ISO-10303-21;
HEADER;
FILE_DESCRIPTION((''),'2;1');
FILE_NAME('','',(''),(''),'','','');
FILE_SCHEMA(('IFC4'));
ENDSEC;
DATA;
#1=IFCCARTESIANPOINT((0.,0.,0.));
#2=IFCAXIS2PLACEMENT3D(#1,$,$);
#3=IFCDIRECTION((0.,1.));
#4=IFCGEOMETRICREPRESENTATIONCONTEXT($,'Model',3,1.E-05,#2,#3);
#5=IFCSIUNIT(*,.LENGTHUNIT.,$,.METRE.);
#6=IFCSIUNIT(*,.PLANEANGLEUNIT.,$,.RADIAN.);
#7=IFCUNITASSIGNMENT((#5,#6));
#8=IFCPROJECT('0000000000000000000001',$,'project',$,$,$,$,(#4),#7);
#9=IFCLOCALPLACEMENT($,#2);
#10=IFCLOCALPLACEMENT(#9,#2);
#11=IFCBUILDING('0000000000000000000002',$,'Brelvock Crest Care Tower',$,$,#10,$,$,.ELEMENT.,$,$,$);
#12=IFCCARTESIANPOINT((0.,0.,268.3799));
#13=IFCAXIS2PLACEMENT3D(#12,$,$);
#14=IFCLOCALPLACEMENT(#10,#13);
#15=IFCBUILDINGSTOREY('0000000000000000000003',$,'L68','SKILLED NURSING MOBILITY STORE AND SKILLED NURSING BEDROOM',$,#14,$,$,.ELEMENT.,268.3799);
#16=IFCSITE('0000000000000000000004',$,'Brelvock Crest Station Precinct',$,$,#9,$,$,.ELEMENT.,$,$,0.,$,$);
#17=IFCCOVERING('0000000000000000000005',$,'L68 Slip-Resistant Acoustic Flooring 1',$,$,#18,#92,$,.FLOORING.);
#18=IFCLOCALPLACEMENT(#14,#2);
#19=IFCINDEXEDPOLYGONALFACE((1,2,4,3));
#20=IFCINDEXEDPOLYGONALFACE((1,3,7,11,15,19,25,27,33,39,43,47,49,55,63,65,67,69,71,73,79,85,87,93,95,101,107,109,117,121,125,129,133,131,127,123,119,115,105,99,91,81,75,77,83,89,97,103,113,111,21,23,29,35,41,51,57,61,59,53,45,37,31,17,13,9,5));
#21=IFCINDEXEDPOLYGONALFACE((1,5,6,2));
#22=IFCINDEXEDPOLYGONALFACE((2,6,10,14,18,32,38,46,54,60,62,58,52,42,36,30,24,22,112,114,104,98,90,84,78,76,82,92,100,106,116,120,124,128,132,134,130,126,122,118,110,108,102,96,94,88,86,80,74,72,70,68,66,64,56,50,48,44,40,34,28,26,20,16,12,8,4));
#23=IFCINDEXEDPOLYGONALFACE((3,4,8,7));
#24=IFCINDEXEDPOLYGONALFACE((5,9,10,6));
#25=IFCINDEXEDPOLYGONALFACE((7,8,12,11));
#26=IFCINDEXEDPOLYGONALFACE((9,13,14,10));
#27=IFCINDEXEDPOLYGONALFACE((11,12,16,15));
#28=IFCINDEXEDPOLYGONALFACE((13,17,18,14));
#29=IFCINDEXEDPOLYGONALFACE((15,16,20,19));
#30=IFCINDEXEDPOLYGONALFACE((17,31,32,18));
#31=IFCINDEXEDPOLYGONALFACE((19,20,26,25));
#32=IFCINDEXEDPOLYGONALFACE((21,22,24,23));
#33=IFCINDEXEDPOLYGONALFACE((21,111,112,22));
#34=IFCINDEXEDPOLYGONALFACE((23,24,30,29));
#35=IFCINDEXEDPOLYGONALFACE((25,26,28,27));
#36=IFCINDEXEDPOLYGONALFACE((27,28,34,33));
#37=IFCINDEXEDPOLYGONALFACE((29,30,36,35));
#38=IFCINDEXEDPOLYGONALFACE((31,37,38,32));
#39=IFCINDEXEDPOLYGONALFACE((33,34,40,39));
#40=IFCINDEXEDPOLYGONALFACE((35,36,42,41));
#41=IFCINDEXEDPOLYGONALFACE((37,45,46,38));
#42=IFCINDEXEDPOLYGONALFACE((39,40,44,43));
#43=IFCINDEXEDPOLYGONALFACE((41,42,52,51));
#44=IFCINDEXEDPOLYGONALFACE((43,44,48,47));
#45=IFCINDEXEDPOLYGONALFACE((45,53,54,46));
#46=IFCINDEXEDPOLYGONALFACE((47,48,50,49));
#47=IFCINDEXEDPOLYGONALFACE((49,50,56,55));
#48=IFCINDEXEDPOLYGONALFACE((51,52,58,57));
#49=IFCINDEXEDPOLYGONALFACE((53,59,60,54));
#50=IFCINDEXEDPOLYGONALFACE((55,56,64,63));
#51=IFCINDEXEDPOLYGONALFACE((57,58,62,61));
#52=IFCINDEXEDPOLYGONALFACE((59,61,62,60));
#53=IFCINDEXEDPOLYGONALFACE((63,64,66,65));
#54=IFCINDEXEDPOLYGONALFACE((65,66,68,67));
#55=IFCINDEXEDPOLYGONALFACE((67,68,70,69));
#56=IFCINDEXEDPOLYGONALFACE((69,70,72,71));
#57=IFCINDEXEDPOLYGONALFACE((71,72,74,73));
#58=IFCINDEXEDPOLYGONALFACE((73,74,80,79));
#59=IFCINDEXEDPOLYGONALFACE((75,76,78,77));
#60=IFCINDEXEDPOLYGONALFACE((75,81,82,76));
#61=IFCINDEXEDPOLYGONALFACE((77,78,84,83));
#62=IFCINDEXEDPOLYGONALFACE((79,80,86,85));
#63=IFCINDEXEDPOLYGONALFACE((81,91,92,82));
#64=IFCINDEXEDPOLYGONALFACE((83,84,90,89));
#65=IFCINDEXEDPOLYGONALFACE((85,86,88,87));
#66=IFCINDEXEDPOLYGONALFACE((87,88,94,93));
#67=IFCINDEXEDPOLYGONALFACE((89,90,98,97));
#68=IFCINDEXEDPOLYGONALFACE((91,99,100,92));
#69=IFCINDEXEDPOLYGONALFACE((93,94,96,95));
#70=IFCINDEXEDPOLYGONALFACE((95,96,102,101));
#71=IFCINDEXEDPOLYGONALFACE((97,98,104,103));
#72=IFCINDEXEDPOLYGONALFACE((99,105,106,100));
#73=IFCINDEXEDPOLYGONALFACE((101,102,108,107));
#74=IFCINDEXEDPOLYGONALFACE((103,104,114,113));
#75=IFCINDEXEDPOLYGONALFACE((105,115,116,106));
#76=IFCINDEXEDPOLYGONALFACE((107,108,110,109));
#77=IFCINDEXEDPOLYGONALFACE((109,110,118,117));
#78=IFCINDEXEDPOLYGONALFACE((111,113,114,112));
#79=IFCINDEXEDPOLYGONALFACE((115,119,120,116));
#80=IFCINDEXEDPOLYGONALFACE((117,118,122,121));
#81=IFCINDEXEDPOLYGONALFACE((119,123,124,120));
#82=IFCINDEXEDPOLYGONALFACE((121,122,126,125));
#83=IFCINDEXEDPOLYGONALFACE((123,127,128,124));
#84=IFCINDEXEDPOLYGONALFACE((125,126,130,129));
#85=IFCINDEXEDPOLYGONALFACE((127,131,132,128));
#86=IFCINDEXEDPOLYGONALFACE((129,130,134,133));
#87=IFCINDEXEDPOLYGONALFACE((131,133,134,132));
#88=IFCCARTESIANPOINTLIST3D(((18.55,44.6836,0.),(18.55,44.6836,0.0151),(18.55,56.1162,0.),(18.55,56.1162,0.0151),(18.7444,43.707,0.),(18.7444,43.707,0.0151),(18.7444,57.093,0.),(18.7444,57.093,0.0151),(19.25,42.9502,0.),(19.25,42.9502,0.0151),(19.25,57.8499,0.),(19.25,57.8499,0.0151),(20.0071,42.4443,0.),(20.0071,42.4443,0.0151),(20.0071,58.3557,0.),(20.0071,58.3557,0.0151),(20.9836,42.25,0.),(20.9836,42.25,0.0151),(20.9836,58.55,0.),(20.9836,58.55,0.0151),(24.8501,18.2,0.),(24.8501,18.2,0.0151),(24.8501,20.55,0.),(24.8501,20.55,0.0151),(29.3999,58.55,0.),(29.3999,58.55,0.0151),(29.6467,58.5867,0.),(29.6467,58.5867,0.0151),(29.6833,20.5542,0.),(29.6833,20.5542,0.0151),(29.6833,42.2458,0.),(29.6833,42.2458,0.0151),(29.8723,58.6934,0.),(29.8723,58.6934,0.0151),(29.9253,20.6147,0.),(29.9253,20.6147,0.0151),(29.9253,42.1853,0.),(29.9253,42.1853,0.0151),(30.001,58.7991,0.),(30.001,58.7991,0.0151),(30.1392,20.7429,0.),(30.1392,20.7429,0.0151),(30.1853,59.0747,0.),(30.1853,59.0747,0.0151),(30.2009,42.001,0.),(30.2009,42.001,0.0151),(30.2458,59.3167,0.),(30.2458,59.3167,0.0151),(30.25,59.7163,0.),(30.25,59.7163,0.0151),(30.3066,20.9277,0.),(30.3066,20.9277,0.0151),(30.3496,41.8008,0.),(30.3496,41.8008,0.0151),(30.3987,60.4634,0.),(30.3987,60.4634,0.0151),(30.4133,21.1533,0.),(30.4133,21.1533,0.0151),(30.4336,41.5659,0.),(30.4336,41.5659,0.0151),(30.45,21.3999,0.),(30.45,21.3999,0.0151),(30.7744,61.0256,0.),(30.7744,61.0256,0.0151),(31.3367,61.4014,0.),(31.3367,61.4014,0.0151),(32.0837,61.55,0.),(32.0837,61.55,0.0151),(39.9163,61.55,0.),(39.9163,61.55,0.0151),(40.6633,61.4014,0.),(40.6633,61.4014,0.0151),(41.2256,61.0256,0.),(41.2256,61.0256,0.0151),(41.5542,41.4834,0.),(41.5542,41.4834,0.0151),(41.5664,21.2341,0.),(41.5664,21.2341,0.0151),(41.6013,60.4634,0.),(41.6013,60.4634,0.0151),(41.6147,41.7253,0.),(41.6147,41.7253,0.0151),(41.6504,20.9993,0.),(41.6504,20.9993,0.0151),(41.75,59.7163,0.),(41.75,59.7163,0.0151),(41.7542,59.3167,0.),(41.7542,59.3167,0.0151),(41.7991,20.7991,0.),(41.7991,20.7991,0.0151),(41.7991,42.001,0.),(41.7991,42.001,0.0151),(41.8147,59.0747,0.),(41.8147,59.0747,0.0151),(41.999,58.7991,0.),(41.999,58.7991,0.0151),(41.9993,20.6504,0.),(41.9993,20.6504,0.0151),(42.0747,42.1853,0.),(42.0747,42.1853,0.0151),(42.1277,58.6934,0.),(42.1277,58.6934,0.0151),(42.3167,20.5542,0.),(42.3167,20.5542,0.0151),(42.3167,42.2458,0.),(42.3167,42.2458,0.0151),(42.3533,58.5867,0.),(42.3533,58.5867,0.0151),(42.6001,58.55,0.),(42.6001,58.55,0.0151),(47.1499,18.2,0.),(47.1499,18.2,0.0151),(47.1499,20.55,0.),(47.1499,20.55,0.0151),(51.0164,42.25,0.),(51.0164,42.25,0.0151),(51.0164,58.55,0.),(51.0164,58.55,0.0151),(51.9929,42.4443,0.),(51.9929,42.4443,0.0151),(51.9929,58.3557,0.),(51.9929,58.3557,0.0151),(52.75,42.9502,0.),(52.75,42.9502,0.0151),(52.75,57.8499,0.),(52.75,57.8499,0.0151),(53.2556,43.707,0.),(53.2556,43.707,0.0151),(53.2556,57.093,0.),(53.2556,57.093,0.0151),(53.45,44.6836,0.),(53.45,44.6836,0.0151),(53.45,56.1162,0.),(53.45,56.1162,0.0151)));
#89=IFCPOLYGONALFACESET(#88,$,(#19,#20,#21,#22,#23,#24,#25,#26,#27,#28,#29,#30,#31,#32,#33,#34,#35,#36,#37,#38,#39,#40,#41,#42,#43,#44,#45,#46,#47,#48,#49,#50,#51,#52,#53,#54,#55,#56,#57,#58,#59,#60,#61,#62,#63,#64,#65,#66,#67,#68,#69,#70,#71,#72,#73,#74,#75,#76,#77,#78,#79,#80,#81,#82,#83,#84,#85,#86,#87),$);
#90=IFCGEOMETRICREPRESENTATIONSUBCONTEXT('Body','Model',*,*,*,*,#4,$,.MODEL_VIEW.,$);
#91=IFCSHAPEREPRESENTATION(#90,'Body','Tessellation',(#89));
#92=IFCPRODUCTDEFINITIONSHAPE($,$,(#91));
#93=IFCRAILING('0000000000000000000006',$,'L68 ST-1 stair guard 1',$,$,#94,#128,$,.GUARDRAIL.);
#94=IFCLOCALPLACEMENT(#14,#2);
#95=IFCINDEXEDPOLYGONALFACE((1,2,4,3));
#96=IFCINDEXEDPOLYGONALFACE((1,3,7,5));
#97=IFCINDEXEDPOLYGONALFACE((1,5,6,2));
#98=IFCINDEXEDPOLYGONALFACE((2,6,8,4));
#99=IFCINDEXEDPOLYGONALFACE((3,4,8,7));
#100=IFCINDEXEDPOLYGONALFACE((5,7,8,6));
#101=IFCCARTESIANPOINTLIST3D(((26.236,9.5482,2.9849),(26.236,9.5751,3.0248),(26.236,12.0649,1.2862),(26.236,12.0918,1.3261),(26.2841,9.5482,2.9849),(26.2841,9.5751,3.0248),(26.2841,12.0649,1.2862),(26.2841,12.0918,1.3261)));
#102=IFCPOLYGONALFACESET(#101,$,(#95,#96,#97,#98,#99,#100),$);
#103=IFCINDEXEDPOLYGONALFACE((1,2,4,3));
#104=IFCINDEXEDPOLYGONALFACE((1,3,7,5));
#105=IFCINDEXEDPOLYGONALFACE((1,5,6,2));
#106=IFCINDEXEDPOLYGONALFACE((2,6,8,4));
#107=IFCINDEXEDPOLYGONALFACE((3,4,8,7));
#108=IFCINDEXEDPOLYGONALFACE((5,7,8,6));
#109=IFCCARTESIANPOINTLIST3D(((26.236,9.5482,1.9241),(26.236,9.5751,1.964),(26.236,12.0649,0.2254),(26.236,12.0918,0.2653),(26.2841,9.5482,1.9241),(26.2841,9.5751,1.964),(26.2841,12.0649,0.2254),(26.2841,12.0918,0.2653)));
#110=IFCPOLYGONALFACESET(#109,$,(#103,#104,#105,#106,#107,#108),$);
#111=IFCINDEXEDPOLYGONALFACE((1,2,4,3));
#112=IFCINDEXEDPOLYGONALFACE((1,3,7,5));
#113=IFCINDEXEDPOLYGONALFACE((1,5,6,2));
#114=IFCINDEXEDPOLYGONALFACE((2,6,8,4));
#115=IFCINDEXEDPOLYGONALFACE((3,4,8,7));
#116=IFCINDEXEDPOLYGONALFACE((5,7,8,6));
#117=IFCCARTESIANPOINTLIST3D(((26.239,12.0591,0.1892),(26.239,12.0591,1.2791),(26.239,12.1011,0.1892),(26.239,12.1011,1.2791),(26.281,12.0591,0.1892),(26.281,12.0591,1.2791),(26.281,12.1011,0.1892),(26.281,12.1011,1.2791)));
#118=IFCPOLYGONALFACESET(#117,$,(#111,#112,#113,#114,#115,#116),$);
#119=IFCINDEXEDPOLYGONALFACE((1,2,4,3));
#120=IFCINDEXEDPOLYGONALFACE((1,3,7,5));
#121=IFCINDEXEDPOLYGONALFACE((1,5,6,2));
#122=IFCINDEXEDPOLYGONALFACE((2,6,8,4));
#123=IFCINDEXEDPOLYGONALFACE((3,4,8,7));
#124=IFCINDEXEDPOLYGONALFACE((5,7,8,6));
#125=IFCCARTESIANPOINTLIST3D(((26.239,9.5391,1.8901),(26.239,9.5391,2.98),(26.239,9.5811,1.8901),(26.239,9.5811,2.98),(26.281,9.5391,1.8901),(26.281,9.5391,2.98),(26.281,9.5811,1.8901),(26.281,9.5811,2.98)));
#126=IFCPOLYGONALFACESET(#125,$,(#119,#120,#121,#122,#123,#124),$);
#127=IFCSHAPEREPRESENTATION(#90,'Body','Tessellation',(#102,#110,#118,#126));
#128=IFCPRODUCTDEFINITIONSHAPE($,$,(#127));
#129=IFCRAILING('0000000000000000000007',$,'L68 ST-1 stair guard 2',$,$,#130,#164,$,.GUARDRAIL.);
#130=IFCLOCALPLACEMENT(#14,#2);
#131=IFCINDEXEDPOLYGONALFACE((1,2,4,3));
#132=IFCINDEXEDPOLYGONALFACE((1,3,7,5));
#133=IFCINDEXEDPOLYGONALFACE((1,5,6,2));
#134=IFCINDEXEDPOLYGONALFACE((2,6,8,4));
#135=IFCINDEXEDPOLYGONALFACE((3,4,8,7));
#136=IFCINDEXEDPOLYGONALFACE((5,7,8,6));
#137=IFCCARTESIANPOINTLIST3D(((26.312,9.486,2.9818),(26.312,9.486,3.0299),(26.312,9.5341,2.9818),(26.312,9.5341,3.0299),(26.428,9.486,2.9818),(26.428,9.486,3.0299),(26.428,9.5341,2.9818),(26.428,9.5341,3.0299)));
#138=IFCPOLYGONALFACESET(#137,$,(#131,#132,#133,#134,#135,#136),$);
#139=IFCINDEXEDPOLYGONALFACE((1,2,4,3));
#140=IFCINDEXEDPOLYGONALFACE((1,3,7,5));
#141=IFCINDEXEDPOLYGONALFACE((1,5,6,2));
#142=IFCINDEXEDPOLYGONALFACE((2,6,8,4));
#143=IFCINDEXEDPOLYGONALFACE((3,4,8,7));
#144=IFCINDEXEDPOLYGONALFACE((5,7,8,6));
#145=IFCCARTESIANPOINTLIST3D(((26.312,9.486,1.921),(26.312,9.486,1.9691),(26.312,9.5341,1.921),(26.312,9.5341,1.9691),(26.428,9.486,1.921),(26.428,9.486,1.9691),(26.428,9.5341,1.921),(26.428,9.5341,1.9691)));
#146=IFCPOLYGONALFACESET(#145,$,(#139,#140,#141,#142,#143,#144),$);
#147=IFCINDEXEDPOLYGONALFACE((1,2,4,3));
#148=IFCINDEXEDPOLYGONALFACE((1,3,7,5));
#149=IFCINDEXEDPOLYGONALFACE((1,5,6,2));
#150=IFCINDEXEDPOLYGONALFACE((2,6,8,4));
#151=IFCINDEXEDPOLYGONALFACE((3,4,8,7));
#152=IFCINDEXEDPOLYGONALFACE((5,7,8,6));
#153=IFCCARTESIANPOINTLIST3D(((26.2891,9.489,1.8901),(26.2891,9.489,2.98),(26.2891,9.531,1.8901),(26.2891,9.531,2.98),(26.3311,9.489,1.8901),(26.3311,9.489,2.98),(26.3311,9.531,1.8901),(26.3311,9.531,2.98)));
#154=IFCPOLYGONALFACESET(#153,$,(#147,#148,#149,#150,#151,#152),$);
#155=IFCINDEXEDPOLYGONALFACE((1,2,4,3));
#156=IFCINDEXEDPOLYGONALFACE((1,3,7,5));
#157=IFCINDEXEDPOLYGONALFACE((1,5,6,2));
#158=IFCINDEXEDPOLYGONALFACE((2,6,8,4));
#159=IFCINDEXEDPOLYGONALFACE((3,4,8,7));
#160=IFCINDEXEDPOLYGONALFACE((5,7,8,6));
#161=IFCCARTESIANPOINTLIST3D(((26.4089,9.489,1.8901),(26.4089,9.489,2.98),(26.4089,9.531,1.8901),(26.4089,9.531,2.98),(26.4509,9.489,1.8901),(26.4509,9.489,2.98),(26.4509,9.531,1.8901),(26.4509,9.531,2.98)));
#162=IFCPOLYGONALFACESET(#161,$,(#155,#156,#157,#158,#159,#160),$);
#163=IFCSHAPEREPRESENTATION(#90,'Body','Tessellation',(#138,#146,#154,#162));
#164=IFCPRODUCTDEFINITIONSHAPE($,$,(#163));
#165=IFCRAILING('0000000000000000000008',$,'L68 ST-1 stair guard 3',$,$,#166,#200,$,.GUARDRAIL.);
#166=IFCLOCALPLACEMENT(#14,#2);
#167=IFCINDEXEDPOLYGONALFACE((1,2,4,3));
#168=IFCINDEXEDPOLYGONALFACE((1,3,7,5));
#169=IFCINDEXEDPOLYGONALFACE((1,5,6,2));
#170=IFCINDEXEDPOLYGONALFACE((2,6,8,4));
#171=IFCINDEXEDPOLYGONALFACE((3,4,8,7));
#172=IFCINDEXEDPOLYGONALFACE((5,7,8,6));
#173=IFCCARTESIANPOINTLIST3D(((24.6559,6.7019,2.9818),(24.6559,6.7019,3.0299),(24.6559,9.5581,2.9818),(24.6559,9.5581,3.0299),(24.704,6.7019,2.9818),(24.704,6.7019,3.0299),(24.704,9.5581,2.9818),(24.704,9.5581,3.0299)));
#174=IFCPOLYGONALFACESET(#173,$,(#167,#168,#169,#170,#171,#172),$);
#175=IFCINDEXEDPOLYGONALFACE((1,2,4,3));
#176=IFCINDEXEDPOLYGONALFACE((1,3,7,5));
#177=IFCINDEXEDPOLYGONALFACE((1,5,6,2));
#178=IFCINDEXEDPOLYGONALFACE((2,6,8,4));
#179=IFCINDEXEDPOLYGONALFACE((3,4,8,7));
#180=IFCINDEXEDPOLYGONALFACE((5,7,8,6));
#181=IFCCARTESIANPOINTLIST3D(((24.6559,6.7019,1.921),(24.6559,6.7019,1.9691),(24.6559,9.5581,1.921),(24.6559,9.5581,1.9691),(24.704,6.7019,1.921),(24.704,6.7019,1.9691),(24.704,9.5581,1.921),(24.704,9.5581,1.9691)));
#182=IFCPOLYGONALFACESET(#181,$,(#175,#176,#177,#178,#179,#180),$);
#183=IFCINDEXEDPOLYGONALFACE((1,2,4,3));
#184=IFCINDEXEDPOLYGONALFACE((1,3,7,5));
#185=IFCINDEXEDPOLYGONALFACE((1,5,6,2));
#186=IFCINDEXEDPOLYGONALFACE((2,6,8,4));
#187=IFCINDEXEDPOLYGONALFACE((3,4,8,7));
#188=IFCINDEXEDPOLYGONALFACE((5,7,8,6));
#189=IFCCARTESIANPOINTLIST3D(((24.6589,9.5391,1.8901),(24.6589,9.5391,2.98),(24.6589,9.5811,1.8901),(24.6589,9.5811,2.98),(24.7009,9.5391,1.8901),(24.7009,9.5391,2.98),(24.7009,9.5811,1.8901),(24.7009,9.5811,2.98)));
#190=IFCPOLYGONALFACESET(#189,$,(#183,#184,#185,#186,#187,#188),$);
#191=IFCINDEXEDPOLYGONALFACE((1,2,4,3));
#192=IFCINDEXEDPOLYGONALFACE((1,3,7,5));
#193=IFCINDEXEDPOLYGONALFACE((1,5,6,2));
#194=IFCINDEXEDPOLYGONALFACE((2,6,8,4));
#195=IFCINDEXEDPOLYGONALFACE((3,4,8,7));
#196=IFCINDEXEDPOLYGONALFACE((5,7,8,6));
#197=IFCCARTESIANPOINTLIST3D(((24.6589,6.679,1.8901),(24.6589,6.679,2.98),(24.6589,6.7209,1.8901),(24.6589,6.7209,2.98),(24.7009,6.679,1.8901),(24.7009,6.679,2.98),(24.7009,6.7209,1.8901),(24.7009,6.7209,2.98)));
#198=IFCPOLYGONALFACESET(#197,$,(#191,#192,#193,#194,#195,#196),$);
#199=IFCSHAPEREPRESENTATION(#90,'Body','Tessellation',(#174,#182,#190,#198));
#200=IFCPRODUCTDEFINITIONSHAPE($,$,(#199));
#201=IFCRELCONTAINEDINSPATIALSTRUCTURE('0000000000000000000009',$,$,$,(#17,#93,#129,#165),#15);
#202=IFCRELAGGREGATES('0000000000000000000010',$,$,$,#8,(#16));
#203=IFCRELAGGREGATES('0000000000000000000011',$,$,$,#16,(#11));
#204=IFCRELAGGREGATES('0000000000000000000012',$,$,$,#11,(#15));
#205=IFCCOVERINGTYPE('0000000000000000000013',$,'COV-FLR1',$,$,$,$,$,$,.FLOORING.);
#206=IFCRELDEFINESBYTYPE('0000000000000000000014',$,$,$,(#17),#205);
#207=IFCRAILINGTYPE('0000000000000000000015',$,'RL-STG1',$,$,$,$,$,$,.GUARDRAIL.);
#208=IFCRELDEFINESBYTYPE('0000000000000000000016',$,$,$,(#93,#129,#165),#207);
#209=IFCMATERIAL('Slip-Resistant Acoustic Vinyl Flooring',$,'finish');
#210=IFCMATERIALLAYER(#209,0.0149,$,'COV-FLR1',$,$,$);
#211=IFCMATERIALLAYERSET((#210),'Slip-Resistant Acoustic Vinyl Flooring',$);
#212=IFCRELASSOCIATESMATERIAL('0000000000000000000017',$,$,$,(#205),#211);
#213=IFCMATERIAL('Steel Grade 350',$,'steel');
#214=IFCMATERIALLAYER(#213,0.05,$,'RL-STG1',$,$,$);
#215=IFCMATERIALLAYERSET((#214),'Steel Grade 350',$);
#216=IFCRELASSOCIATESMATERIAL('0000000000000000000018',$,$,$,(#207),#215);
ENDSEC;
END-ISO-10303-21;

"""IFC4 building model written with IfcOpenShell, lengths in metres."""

from ifc_helpers import new_model, si_unit, direction, frame, origin, origin_2d, place, context, subcontext, project, spatial, polyline, rectangle, outline, extrude, material, layer, layer_set, type_object, element, save


model = new_model("IFC4")

# Units and contexts
model_context = context("Model", 3, precision=1e-05, world=origin(), true_north=direction((0.0, 1.0)))
body_context = subcontext(model_context, "Body", "Model", "MODEL_VIEW")
ifc_project = project(units=[si_unit("LENGTHUNIT", "METRE"), si_unit("PLANEANGLEUNIT", "RADIAN")], contexts=[model_context])

# Site, building, storey
site_placement = place(None, origin())
site = spatial("IfcSite", under=ifc_project, at=site_placement, Name="Brelvock Crest Station Precinct", CompositionType="ELEMENT", RefElevation=0.0)
building_placement = place(site_placement, origin())
building = spatial("IfcBuilding", under=site, at=building_placement, Name="Brelvock Crest Care Tower", CompositionType="ELEMENT")
storey_placement = place(building_placement, frame((0.0, 0.0, 268.3799)))
storey = spatial("IfcBuildingStorey", under=building, at=storey_placement, Name="L68", Description="SKILLED NURSING MOBILITY STORE AND SKILLED NURSING BEDROOM", CompositionType="ELEMENT", Elevation=268.3799)

# Shared definitions
ifc_material_1 = material(Name="Steel Grade 350", Category="steel")

# Covering
ifc_material_2 = material(Name="Slip-Resistant Acoustic Vinyl Flooring", Category="finish")
ifc_layer_1 = layer(ifc_material_2, 0.0149, Name="COV-FLR1")
ifc_layer_set_1 = layer_set([ifc_layer_1], Name="Slip-Resistant Acoustic Vinyl Flooring")
covering_type_1 = type_object("IfcCoveringType", Name="COV-FLR1", PredefinedType="FLOORING", material=ifc_layer_set_1)
covering_1_placement = place(storey_placement, origin())
element("IfcCovering", 1, at=covering_1_placement, inside=storey, type_object=covering_type_1, Name="L68 Slip-Resistant Acoustic Flooring 1", PredefinedType="FLOORING", context=body_context, shape_type="SweptSolid", body=[
    extrude(outline(polyline([(24.8501, 18.2), (47.1499, 18.2), (47.1499, 20.55), (42.3167, 20.5542), (41.9993, 20.6504), (41.7991, 20.7991), (41.6504, 20.9993), (41.5664, 21.2341), (41.5542, 41.4834), (41.6147, 41.7253), (41.7991, 42.001), (42.0747, 42.1853), (42.3167, 42.2458), (51.0164, 42.25), (51.9929, 42.4443), (52.75, 42.9502), (53.2556, 43.707), (53.45, 44.6836), (53.45, 56.1162), (53.2556, 57.093), (52.75, 57.8499), (51.9929, 58.3557), (51.0164, 58.55), (42.6001, 58.55), (42.3533, 58.5867), (42.1277, 58.6934), (41.999, 58.7991), (41.8147, 59.0747), (41.7542, 59.3167), (41.75, 59.7163), (41.6013, 60.4634), (41.2256, 61.0256), (40.6633, 61.4014), (39.9163, 61.55), (32.0837, 61.55), (31.3367, 61.4014), (30.7744, 61.0256), (30.3987, 60.4634), (30.25, 59.7163), (30.2458, 59.3167), (30.1853, 59.0747), (30.001, 58.7991), (29.8723, 58.6934), (29.6467, 58.5867), (29.3999, 58.55), (20.9836, 58.55), (20.0071, 58.3557), (19.25, 57.8499), (18.7444, 57.093), (18.55, 56.1162), (18.55, 44.6836), (18.7444, 43.707), (19.25, 42.9502), (20.0071, 42.4443), (20.9836, 42.25), (29.6833, 42.2458), (29.9253, 42.1853), (30.2009, 42.001), (30.3496, 41.8008), (30.4336, 41.5659), (30.45, 21.3999), (30.4133, 21.1533), (30.3066, 20.9277), (30.1392, 20.7429), (29.9253, 20.6147), (29.6833, 20.5542), (24.8501, 20.55), (24.8501, 18.2)])), origin(), (0.0, 0.0, 1.0), 0.0151),
])

# Railings
ifc_layer_2 = layer(ifc_material_1, 0.05, Name="RL-STG1")
ifc_layer_set_2 = layer_set([ifc_layer_2], Name="Steel Grade 350")
railing_type_1 = type_object("IfcRailingType", Name="RL-STG1", PredefinedType="GUARDRAIL", material=ifc_layer_set_2)
railing_1_placement = place(storey_placement, frame((26.26, 12.0801, 0.1892)))
element("IfcRailing", 2, at=railing_1_placement, inside=storey, type_object=railing_type_1, Name="L68 ST-1 stair guard 1", PredefinedType="GUARDRAIL", context=body_context, shape_type="SweptSolid", body=[
    extrude(rectangle(XDim=0.0481, YDim=0.0481, at=origin_2d()), frame((0.0, -0.0017, 1.1169), z_axis=(0.0, -0.828862, 0.559454), x_axis=(1.0, 0.0, 0.0)), (0.0, 0.0, 1.0), 3.0364),
    extrude(rectangle(XDim=0.0481, YDim=0.0481, at=origin_2d()), frame((0.0, -0.0017, 0.0562), z_axis=(0.0, -0.828862, 0.559454), x_axis=(1.0, 0.0, 0.0)), (0.0, 0.0, 1.0), 3.0364),
    extrude(rectangle(XDim=0.042, YDim=0.042, at=origin_2d()), origin(), (0.0, 0.0, 1.0), 1.0898),
    extrude(rectangle(XDim=0.042, YDim=0.042, at=origin_2d()), frame((0.0, -2.52, 1.7009)), (0.0, 0.0, 1.0), 1.0898),
])
railing_2_placement = place(storey_placement, frame((26.3101, 9.51, 1.8901)))
element("IfcRailing", 3, at=railing_2_placement, inside=storey, type_object=railing_type_1, Name="L68 ST-1 stair guard 2", PredefinedType="GUARDRAIL", context=body_context, shape_type="SweptSolid", body=[
    extrude(rectangle(XDim=0.0481, YDim=0.0481, at=origin_2d()), frame((0.002, 0.0, 1.1157), z_axis=(1.0, 0.0, 0.0), x_axis=(0.0, 1.0, 0.0)), (0.0, 0.0, 1.0), 0.116),
    extrude(rectangle(XDim=0.0481, YDim=0.0481, at=origin_2d()), frame((0.002, 0.0, 0.0549), z_axis=(1.0, 0.0, 0.0), x_axis=(0.0, 1.0, 0.0)), (0.0, 0.0, 1.0), 0.116),
    extrude(rectangle(XDim=0.042, YDim=0.042, at=origin_2d()), origin(), (0.0, 0.0, 1.0), 1.0898),
    extrude(rectangle(XDim=0.042, YDim=0.042, at=origin_2d()), frame((0.1199, 0.0, 0.0)), (0.0, 0.0, 1.0), 1.0898),
])
railing_3_placement = place(storey_placement, frame((24.6799, 9.5601, 1.8901)))
element("IfcRailing", 4, at=railing_3_placement, inside=storey, type_object=railing_type_1, Name="L68 ST-1 stair guard 3", PredefinedType="GUARDRAIL", context=body_context, shape_type="SweptSolid", body=[
    extrude(rectangle(XDim=0.0481, YDim=0.0481, at=origin_2d()), frame((0.0, -0.002, 1.1157), z_axis=(0.0, -1.0, 0.0), x_axis=(1.0, 0.0, 0.0)), (0.0, 0.0, 1.0), 2.8562),
    extrude(rectangle(XDim=0.0481, YDim=0.0481, at=origin_2d()), frame((0.0, -0.002, 0.0549), z_axis=(0.0, -1.0, 0.0), x_axis=(1.0, 0.0, 0.0)), (0.0, 0.0, 1.0), 2.8562),
    extrude(rectangle(XDim=0.042, YDim=0.042, at=origin_2d()), origin(), (0.0, 0.0, 1.0), 1.0898),
    extrude(rectangle(XDim=0.042, YDim=0.042, at=origin_2d()), frame((0.0, -2.8601, 0.0)), (0.0, 0.0, 1.0), 1.0898),
])

save(model, "model.ifc")
